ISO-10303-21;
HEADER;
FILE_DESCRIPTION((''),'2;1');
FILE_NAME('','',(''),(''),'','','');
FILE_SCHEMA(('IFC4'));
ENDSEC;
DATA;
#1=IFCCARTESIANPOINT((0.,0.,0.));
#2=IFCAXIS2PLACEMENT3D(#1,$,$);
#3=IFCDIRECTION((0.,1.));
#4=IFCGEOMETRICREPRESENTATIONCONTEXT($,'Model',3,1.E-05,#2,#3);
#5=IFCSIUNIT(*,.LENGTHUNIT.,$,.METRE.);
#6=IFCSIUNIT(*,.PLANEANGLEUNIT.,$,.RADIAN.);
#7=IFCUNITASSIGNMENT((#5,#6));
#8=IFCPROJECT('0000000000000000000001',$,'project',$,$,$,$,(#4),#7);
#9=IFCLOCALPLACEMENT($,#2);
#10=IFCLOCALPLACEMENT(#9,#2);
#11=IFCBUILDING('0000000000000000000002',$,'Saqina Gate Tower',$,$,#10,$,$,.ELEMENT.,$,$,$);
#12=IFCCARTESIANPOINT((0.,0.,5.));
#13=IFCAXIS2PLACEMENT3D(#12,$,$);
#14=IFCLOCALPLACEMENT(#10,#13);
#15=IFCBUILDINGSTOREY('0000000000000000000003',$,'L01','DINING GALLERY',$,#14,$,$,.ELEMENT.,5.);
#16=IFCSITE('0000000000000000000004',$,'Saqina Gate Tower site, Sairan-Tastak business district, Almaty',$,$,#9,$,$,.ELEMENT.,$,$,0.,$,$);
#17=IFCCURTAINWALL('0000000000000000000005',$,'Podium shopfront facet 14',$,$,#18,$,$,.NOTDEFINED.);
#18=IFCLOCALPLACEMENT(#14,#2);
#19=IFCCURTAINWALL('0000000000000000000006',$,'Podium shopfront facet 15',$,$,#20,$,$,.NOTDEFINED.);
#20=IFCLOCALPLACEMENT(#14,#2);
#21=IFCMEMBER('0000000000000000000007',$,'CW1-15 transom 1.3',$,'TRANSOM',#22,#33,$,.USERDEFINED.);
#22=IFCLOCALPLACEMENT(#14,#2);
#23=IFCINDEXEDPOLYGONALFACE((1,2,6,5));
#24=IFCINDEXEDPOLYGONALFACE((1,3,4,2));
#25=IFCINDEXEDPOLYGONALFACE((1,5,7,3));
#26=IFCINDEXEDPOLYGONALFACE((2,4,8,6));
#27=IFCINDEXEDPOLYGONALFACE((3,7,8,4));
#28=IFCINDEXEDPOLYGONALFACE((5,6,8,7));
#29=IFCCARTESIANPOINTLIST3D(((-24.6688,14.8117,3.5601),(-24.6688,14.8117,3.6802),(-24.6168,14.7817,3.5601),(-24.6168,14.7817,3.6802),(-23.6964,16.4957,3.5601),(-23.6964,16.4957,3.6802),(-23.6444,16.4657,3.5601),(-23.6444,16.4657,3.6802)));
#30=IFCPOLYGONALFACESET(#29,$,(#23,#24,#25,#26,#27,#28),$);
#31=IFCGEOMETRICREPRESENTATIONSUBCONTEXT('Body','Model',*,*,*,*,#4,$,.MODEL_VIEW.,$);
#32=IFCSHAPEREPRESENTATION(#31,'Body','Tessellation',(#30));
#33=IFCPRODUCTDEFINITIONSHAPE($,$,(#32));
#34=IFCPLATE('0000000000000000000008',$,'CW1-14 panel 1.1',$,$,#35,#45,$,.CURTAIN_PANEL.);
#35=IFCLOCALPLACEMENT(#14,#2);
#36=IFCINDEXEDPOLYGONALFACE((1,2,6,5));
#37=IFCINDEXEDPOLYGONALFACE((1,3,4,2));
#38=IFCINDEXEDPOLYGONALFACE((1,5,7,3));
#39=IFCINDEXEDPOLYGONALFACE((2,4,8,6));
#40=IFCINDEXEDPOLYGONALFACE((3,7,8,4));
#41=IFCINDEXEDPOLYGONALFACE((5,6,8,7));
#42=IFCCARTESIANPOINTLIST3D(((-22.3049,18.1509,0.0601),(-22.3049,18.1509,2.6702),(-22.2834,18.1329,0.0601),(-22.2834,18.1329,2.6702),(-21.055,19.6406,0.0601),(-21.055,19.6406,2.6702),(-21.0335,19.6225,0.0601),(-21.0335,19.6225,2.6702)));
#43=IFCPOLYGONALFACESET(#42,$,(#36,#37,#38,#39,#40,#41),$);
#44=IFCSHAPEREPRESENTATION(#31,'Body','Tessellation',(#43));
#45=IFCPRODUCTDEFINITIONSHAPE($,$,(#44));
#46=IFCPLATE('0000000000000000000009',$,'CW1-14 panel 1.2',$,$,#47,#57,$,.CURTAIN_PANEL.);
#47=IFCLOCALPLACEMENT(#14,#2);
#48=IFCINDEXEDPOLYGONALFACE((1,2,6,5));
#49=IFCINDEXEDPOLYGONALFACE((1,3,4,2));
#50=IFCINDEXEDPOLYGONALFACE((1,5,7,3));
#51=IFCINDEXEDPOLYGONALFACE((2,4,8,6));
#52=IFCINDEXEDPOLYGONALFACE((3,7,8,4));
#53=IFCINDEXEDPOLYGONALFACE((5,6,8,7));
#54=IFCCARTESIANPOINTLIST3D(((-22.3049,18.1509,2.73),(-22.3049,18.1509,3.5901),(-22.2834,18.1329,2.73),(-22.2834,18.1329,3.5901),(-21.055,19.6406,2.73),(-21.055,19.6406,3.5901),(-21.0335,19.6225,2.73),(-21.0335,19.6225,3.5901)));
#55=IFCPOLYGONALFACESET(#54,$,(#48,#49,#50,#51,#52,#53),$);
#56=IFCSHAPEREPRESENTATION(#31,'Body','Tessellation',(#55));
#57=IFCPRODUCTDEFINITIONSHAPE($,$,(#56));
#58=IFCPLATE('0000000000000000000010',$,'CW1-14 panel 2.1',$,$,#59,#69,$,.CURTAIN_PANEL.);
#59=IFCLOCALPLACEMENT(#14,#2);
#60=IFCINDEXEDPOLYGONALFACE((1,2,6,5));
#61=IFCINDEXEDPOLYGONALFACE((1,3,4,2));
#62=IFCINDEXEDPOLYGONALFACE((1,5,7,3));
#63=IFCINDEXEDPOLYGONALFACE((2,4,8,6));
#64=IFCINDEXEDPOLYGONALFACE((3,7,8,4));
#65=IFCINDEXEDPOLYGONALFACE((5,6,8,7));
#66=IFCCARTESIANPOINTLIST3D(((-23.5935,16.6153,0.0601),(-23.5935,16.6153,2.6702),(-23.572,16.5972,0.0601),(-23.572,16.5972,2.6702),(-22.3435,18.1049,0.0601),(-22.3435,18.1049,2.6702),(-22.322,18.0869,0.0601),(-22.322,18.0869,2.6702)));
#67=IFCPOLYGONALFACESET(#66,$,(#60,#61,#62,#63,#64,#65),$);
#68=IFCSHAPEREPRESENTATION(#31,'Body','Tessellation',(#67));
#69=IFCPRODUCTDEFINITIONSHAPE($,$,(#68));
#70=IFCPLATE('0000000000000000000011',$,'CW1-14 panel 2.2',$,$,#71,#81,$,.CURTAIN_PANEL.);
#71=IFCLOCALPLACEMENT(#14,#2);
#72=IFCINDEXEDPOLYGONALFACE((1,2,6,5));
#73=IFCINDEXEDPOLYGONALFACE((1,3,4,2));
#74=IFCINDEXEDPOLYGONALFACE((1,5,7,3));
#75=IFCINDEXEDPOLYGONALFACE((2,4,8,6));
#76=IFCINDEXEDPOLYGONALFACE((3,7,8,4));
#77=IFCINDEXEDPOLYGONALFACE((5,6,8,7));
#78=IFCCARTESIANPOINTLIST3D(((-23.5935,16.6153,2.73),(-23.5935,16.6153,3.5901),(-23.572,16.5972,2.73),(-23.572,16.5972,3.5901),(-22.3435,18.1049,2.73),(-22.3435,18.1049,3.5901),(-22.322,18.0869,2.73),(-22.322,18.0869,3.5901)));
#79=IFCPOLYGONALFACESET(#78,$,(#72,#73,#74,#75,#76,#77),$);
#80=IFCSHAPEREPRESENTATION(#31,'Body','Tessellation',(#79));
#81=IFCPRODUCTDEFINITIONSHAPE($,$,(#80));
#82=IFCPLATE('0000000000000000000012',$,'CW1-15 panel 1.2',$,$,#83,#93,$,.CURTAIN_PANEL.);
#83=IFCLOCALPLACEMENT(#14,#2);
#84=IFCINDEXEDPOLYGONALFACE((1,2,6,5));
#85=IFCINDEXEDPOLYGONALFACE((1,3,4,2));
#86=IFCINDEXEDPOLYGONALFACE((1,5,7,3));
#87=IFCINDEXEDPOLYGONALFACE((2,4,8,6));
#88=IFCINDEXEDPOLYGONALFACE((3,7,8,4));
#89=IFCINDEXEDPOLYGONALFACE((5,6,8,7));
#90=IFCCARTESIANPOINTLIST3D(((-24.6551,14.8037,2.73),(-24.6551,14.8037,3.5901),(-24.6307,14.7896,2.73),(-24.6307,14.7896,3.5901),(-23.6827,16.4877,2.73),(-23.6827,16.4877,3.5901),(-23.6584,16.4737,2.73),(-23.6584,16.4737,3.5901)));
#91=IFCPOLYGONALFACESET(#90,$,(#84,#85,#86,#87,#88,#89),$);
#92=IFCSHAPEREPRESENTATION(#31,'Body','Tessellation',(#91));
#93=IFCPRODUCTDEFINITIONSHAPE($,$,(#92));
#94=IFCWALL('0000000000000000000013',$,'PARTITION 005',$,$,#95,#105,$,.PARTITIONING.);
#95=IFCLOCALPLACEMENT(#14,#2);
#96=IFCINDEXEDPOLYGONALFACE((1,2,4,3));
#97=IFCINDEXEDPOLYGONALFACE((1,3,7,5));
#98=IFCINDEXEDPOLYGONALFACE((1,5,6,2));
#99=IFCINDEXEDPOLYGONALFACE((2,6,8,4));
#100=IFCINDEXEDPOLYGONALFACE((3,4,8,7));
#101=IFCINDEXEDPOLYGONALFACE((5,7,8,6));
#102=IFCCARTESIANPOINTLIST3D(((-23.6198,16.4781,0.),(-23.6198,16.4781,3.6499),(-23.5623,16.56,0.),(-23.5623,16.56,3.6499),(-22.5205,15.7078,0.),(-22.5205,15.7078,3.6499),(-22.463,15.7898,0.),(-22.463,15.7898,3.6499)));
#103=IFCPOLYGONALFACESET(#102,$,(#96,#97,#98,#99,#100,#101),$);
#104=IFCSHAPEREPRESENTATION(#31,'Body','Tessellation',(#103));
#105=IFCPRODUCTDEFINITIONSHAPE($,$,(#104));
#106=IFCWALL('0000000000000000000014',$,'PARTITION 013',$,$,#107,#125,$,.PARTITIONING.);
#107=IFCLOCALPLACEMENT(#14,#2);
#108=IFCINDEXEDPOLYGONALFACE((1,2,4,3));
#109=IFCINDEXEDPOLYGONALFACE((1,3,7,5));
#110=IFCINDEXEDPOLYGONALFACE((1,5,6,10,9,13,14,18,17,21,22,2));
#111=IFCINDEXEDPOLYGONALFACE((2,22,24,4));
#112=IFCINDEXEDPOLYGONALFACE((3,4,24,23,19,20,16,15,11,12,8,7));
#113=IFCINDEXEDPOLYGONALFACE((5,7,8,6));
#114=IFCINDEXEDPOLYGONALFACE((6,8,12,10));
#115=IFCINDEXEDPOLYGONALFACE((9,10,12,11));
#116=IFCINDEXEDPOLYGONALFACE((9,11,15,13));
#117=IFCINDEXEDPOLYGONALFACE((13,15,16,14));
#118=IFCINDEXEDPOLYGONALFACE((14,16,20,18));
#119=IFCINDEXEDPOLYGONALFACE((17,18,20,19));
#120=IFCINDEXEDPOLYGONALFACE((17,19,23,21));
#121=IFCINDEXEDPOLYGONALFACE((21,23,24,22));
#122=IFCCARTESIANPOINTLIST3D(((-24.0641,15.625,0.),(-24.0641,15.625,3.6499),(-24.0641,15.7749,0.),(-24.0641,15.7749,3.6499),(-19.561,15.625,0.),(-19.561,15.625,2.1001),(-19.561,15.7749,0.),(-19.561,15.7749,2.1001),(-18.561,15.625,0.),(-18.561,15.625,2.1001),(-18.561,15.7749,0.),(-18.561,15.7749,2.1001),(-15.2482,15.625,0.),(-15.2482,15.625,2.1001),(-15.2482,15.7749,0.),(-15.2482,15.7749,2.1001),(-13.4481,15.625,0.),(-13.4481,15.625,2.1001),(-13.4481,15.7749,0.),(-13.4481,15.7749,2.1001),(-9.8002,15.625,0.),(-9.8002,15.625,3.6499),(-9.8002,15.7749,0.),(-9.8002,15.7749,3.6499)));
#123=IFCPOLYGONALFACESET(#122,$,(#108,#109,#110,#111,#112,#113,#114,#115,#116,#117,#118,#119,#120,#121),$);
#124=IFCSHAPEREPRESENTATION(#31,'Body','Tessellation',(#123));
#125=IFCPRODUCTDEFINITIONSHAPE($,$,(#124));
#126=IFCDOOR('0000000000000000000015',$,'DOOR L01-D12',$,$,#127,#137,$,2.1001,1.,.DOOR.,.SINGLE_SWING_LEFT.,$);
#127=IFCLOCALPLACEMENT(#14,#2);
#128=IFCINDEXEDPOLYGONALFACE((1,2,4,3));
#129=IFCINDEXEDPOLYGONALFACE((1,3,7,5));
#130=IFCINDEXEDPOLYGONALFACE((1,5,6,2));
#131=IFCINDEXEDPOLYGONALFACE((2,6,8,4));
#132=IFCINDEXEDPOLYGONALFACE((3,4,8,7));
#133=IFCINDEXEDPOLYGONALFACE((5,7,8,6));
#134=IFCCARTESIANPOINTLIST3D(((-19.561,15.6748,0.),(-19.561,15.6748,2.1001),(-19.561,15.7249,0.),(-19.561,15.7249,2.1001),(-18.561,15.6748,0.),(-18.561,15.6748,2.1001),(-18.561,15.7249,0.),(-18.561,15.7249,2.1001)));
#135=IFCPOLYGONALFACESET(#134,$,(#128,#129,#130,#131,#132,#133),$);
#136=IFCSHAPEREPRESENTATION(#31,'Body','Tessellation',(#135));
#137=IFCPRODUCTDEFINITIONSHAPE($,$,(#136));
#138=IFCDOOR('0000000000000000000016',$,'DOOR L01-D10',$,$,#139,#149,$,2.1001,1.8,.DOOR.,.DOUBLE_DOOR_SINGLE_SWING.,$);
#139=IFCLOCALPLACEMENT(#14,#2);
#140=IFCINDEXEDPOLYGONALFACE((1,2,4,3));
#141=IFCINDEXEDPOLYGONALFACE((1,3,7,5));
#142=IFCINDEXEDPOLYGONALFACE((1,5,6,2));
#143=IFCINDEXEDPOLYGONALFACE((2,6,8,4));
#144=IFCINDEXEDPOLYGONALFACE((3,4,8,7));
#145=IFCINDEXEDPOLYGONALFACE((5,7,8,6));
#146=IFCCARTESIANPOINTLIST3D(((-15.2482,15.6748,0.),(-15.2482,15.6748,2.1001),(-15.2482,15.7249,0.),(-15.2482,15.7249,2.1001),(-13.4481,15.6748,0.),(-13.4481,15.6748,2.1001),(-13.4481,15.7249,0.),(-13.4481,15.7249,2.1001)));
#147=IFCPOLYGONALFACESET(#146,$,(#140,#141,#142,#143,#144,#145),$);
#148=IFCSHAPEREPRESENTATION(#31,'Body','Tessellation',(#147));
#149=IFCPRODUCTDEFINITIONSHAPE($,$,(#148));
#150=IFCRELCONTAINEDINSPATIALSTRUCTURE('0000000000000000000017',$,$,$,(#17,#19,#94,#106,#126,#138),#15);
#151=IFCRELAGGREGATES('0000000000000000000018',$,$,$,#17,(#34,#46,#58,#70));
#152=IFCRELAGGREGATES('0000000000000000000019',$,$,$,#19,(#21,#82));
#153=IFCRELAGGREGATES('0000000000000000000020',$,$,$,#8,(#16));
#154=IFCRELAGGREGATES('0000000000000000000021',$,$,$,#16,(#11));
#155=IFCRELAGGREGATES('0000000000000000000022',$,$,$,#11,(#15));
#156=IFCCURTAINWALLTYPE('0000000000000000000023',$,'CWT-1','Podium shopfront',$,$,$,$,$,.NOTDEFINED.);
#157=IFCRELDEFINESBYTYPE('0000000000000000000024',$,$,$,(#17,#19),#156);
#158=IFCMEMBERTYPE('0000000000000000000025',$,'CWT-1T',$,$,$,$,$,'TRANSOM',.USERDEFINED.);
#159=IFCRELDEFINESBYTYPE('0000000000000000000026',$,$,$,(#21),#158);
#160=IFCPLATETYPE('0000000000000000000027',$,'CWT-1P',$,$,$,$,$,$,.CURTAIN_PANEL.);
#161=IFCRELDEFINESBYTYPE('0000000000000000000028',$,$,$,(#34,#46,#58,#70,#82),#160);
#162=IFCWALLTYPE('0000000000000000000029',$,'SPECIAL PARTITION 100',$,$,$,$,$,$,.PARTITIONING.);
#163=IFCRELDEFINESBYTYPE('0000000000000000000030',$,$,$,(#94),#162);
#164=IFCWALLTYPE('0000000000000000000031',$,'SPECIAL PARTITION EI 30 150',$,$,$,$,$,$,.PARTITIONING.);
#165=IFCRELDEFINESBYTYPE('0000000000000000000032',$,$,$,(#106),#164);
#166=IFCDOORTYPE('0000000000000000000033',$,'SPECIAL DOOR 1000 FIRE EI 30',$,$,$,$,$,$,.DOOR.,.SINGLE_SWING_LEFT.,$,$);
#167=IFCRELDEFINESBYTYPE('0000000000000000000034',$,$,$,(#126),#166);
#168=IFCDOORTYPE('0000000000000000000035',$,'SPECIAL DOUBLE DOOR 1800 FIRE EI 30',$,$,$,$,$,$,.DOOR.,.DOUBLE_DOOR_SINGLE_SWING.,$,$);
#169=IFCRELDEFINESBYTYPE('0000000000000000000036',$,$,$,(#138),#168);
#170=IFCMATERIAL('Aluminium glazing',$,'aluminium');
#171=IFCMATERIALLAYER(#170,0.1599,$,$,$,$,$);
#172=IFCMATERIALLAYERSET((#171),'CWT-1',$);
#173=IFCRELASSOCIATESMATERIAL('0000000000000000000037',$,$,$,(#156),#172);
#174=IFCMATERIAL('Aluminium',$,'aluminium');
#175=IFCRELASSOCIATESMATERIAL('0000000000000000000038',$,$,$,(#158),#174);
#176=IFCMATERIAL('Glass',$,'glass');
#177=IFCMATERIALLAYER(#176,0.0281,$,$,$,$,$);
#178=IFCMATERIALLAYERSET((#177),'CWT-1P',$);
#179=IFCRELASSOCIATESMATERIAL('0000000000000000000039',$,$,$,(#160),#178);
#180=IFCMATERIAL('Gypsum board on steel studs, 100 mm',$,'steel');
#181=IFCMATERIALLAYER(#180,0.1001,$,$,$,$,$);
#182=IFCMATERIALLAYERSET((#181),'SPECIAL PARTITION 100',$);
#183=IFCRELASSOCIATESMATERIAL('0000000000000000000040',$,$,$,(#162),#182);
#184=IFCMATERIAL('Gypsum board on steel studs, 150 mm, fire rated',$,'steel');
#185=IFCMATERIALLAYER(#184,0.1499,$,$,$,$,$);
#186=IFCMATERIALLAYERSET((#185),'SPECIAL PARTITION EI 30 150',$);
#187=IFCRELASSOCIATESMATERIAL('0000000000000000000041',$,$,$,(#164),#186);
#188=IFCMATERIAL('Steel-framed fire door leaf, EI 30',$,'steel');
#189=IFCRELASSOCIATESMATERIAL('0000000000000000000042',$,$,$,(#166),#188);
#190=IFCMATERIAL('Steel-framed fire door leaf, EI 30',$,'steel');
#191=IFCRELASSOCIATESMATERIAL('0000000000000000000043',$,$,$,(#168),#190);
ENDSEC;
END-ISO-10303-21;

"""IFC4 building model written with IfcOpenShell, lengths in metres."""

from ifc_helpers import new_model, si_unit, direction, frame, frame_2d, origin, origin_2d, place, context, subcontext, project, spatial, rectangle, extrude, material, layer, layer_set, material_profile, profile_set, type_object, element, fill, aggregate, save


model = new_model("IFC4")

# Units and contexts
model_context = context("Model", 3, precision=1e-05, world=origin(), true_north=direction((0.0, 1.0)))
body_context = subcontext(model_context, "Body", "Model", "MODEL_VIEW")
ifc_project = project(units=[si_unit("LENGTHUNIT", "METRE"), si_unit("PLANEANGLEUNIT", "RADIAN")], contexts=[model_context])

# Site, building, storey
site_placement = place(None, origin())
site = spatial("IfcSite", under=ifc_project, at=site_placement, Name="Saqina Gate Tower site, Sairan-Tastak business district, Almaty", CompositionType="ELEMENT", RefElevation=0.0)
building_placement = place(site_placement, origin())
building = spatial("IfcBuilding", under=site, at=building_placement, Name="Saqina Gate Tower", CompositionType="ELEMENT")
storey_placement = place(building_placement, frame((0.0, 0.0, 5.0)))
storey = spatial("IfcBuildingStorey", under=building, at=storey_placement, Name="L01", Description="DINING GALLERY", CompositionType="ELEMENT", Elevation=5.0)

# Shared definitions
ifc_material_1 = material(Name="Aluminium glazing", Category="aluminium")
ifc_layer_1 = layer(ifc_material_1, 0.1599)
ifc_layer_set_1 = layer_set([ifc_layer_1], Name="CWT-1")
curtain_wall_type = type_object("IfcCurtainWallType", Name="CWT-1", Description="Podium shopfront", PredefinedType="NOTDEFINED", material=ifc_layer_set_1)

# Curtain wall
curtain_wall_1_placement = place(storey_placement, origin())
curtain_wall_1 = element("IfcCurtainWall", 1, at=curtain_wall_1_placement, inside=storey, type_object=curtain_wall_type, Name="Podium shopfront facet 14", PredefinedType="NOTDEFINED")

# Curtain wall
curtain_wall_2_placement = place(storey_placement, origin())
curtain_wall_2 = element("IfcCurtainWall", 2, at=curtain_wall_2_placement, inside=storey, type_object=curtain_wall_type, Name="Podium shopfront facet 15", PredefinedType="NOTDEFINED")

# Member
ifc_material_2 = material(Name="Aluminium", Category="aluminium")
ifc_material_profile_1 = material_profile(ifc_material_2, rectangle(XDim=0.0601, YDim=0.1201, at=origin_2d()), Name="Aluminium 60x120")
ifc_profile_set_1 = profile_set([ifc_material_profile_1], Name="Aluminium")
member_type_1 = type_object("IfcMemberType", Name="CWT-1T", ElementType="TRANSOM", PredefinedType="USERDEFINED", material=ifc_profile_set_1)
member_1_placement = place(storey_placement, frame((-23.6704, 16.4807, 3.6201), z_axis=(-0.500041, -0.866002, 0.0), x_axis=(0.866002, -0.500041, 0.0)))
member_1 = element("IfcMember", 3, at=member_1_placement, type_object=member_type_1, Name="CW1-15 transom 1.3", ObjectType="TRANSOM", PredefinedType="USERDEFINED", context=body_context, shape_type="SweptSolid", body=[
    extrude(rectangle(XDim=0.0601, YDim=0.1201, at=origin_2d()), origin(), (0.0, 0.0, 1.0), 1.9446),
])

# Plates
ifc_material_3 = material(Name="Glass", Category="glass")
ifc_layer_2 = layer(ifc_material_3, 0.0281)
ifc_layer_set_2 = layer_set([ifc_layer_2], Name="CWT-1P")
plate_type = type_object("IfcPlateType", Name="CWT-1P", PredefinedType="CURTAIN_PANEL", material=ifc_layer_set_2)
plate_1_placement = place(storey_placement, frame((-21.6692, 18.8867, 0.0601), z_axis=(0.0, 0.0, 1.0), x_axis=(-0.642779, -0.766051, 0.0)))
plate_1 = element("IfcPlate", 4, at=plate_1_placement, type_object=plate_type, Name="CW1-14 panel 1.1", PredefinedType="CURTAIN_PANEL", context=body_context, shape_type="SweptSolid", body=[
    extrude(rectangle(XDim=1.9446, YDim=0.0281, at=origin_2d()), origin(), (0.0, 0.0, 1.0), 2.6101),
])
plate_2_placement = place(storey_placement, frame((-21.6692, 18.8867, 2.73), z_axis=(0.0, 0.0, 1.0), x_axis=(-0.642779, -0.766051, 0.0)))
plate_2 = element("IfcPlate", 5, at=plate_2_placement, type_object=plate_type, Name="CW1-14 panel 1.2", PredefinedType="CURTAIN_PANEL", context=body_context, shape_type="SweptSolid", body=[
    extrude(rectangle(XDim=1.9446, YDim=0.0281, at=origin_2d()), origin(), (0.0, 0.0, 1.0), 0.8601),
])
plate_3_placement = place(storey_placement, frame((-22.9578, 17.3511, 0.0601), z_axis=(0.0, 0.0, 1.0), x_axis=(-0.642779, -0.766051, 0.0)))
plate_3 = element("IfcPlate", 6, at=plate_3_placement, type_object=plate_type, Name="CW1-14 panel 2.1", PredefinedType="CURTAIN_PANEL", context=body_context, shape_type="SweptSolid", body=[
    extrude(rectangle(XDim=1.9446, YDim=0.0281, at=origin_2d()), origin(), (0.0, 0.0, 1.0), 2.6101),
])
plate_4_placement = place(storey_placement, frame((-22.9578, 17.3511, 2.73), z_axis=(0.0, 0.0, 1.0), x_axis=(-0.642779, -0.766051, 0.0)))
plate_4 = element("IfcPlate", 7, at=plate_4_placement, type_object=plate_type, Name="CW1-14 panel 2.2", PredefinedType="CURTAIN_PANEL", context=body_context, shape_type="SweptSolid", body=[
    extrude(rectangle(XDim=1.9446, YDim=0.0281, at=origin_2d()), origin(), (0.0, 0.0, 1.0), 0.8601),
])
aggregate(curtain_wall_1, [plate_1, plate_2, plate_3, plate_4])
plate_5_placement = place(storey_placement, frame((-24.1567, 15.6387, 2.73), z_axis=(0.0, 0.0, 1.0), x_axis=(-0.500014, -0.866017, 0.0)))
plate_5 = element("IfcPlate", 8, at=plate_5_placement, type_object=plate_type, Name="CW1-15 panel 1.2", PredefinedType="CURTAIN_PANEL", context=body_context, shape_type="SweptSolid", body=[
    extrude(rectangle(XDim=1.9446, YDim=0.0281, at=origin_2d()), origin(), (0.0, 0.0, 1.0), 0.8601),
])
aggregate(curtain_wall_2, [member_1, plate_5])

# Wall
ifc_material_4 = material(Name="Gypsum board on steel studs, 100 mm", Category="steel")
ifc_layer_3 = layer(ifc_material_4, 0.1001)
ifc_layer_set_3 = layer_set([ifc_layer_3], Name="SPECIAL PARTITION 100")
wall_type_1 = type_object("IfcWallType", Name="SPECIAL PARTITION 100", PredefinedType="PARTITIONING", material=ifc_layer_set_3)
wall_1_placement = place(storey_placement, frame((-23.5911, 16.519, 0.0), z_axis=(0.0, 0.0, 1.0), x_axis=(0.818984, -0.573816, 0.0)))
element("IfcWall", 9, at=wall_1_placement, inside=storey, type_object=wall_type_1, Name="PARTITION 005", PredefinedType="PARTITIONING", context=body_context, shape_type="SweptSolid", body=[
    extrude(rectangle(XDim=1.3423, YDim=0.1001, at=frame_2d((0.6711, 0.0))), origin(), (0.0, 0.0, 1.0), 3.6499),
])

# Wall, openings, doors
ifc_material_5 = material(Name="Gypsum board on steel studs, 150 mm, fire rated", Category="steel")
ifc_layer_4 = layer(ifc_material_5, 0.1499)
ifc_layer_set_4 = layer_set([ifc_layer_4], Name="SPECIAL PARTITION EI 30 150")
wall_type_2 = type_object("IfcWallType", Name="SPECIAL PARTITION EI 30 150", PredefinedType="PARTITIONING", material=ifc_layer_set_4)
wall_2_placement = place(storey_placement, frame((-24.064, 15.7, 0.0), z_axis=(0.0, 0.0, 1.0), x_axis=(1.0, 0.0, 0.0)))
wall_2 = element("IfcWall", 10, at=wall_2_placement, inside=storey, type_object=wall_type_2, Name="PARTITION 013", PredefinedType="PARTITIONING", context=body_context, shape_type="SweptSolid", body=[
    extrude(rectangle(XDim=14.2639, YDim=0.1499, at=frame_2d((7.1318, 0.0))), origin(), (0.0, 0.0, 1.0), 3.6499),
])
opening_1_placement = place(wall_2_placement, frame((8.8159, 0.0, 0.0)))
opening_1 = element("IfcOpeningElement", 11, at=opening_1_placement, cuts=wall_2, PredefinedType="OPENING", context=body_context, shape_type="SweptSolid", body=[
    extrude(rectangle(XDim=1.8, YDim=2.1001, at=frame_2d((0.8999, 1.05))), frame((0.0, 0.0869, 0.0), z_axis=(0.0, -1.0, 0.0), x_axis=(1.0, 0.0, 0.0)), (0.0, 0.0, 1.0), 0.1738),
])
opening_2_placement = place(wall_2_placement, frame((4.5029, 0.0, 0.0)))
opening_2 = element("IfcOpeningElement", 12, at=opening_2_placement, cuts=wall_2, PredefinedType="OPENING", context=body_context, shape_type="SweptSolid", body=[
    extrude(rectangle(XDim=1.0, YDim=2.1001, at=frame_2d((0.5, 1.05))), frame((0.0, 0.0869, 0.0), z_axis=(0.0, -1.0, 0.0), x_axis=(1.0, 0.0, 0.0)), (0.0, 0.0, 1.0), 0.1738),
])
ifc_material_6 = material(Name="Steel-framed fire door leaf, EI 30", Category="steel")
door_type_1 = type_object("IfcDoorType", Name="SPECIAL DOOR 1000 FIRE EI 30", OperationType="SINGLE_SWING_LEFT", PredefinedType="DOOR", material=ifc_material_6)
door_1_placement = place(opening_2_placement, origin())
door_1 = element("IfcDoor", 13, at=door_1_placement, inside=storey, type_object=door_type_1, Name="DOOR L01-D12", OperationType="SINGLE_SWING_LEFT", OverallHeight=2.1001, OverallWidth=1.0, PredefinedType="DOOR", context=body_context, shape_type="SweptSolid", body=[
    extrude(rectangle(XDim=1.0, YDim=2.1001, at=frame_2d((0.5, 1.05))), frame((0.0, 0.0249, 0.0), z_axis=(0.0, -1.0, 0.0), x_axis=(1.0, 0.0, 0.0)), (0.0, 0.0, 1.0), 0.05),
])
fill(opening_2, door_1)
ifc_material_7 = material(Name="Steel-framed fire door leaf, EI 30", Category="steel")
door_type_2 = type_object("IfcDoorType", Name="SPECIAL DOUBLE DOOR 1800 FIRE EI 30", OperationType="DOUBLE_DOOR_SINGLE_SWING", PredefinedType="DOOR", material=ifc_material_7)
door_2_placement = place(opening_1_placement, origin())
door_2 = element("IfcDoor", 14, at=door_2_placement, inside=storey, type_object=door_type_2, Name="DOOR L01-D10", OperationType="DOUBLE_DOOR_SINGLE_SWING", OverallHeight=2.1001, OverallWidth=1.8, PredefinedType="DOOR", context=body_context, shape_type="SweptSolid", body=[
    extrude(rectangle(XDim=1.8, YDim=2.1001, at=frame_2d((0.8999, 1.05))), frame((0.0, 0.0249, 0.0), z_axis=(0.0, -1.0, 0.0), x_axis=(1.0, 0.0, 0.0)), (0.0, 0.0, 1.0), 0.05),
])
fill(opening_1, door_2)

save(model, "model.ifc")
